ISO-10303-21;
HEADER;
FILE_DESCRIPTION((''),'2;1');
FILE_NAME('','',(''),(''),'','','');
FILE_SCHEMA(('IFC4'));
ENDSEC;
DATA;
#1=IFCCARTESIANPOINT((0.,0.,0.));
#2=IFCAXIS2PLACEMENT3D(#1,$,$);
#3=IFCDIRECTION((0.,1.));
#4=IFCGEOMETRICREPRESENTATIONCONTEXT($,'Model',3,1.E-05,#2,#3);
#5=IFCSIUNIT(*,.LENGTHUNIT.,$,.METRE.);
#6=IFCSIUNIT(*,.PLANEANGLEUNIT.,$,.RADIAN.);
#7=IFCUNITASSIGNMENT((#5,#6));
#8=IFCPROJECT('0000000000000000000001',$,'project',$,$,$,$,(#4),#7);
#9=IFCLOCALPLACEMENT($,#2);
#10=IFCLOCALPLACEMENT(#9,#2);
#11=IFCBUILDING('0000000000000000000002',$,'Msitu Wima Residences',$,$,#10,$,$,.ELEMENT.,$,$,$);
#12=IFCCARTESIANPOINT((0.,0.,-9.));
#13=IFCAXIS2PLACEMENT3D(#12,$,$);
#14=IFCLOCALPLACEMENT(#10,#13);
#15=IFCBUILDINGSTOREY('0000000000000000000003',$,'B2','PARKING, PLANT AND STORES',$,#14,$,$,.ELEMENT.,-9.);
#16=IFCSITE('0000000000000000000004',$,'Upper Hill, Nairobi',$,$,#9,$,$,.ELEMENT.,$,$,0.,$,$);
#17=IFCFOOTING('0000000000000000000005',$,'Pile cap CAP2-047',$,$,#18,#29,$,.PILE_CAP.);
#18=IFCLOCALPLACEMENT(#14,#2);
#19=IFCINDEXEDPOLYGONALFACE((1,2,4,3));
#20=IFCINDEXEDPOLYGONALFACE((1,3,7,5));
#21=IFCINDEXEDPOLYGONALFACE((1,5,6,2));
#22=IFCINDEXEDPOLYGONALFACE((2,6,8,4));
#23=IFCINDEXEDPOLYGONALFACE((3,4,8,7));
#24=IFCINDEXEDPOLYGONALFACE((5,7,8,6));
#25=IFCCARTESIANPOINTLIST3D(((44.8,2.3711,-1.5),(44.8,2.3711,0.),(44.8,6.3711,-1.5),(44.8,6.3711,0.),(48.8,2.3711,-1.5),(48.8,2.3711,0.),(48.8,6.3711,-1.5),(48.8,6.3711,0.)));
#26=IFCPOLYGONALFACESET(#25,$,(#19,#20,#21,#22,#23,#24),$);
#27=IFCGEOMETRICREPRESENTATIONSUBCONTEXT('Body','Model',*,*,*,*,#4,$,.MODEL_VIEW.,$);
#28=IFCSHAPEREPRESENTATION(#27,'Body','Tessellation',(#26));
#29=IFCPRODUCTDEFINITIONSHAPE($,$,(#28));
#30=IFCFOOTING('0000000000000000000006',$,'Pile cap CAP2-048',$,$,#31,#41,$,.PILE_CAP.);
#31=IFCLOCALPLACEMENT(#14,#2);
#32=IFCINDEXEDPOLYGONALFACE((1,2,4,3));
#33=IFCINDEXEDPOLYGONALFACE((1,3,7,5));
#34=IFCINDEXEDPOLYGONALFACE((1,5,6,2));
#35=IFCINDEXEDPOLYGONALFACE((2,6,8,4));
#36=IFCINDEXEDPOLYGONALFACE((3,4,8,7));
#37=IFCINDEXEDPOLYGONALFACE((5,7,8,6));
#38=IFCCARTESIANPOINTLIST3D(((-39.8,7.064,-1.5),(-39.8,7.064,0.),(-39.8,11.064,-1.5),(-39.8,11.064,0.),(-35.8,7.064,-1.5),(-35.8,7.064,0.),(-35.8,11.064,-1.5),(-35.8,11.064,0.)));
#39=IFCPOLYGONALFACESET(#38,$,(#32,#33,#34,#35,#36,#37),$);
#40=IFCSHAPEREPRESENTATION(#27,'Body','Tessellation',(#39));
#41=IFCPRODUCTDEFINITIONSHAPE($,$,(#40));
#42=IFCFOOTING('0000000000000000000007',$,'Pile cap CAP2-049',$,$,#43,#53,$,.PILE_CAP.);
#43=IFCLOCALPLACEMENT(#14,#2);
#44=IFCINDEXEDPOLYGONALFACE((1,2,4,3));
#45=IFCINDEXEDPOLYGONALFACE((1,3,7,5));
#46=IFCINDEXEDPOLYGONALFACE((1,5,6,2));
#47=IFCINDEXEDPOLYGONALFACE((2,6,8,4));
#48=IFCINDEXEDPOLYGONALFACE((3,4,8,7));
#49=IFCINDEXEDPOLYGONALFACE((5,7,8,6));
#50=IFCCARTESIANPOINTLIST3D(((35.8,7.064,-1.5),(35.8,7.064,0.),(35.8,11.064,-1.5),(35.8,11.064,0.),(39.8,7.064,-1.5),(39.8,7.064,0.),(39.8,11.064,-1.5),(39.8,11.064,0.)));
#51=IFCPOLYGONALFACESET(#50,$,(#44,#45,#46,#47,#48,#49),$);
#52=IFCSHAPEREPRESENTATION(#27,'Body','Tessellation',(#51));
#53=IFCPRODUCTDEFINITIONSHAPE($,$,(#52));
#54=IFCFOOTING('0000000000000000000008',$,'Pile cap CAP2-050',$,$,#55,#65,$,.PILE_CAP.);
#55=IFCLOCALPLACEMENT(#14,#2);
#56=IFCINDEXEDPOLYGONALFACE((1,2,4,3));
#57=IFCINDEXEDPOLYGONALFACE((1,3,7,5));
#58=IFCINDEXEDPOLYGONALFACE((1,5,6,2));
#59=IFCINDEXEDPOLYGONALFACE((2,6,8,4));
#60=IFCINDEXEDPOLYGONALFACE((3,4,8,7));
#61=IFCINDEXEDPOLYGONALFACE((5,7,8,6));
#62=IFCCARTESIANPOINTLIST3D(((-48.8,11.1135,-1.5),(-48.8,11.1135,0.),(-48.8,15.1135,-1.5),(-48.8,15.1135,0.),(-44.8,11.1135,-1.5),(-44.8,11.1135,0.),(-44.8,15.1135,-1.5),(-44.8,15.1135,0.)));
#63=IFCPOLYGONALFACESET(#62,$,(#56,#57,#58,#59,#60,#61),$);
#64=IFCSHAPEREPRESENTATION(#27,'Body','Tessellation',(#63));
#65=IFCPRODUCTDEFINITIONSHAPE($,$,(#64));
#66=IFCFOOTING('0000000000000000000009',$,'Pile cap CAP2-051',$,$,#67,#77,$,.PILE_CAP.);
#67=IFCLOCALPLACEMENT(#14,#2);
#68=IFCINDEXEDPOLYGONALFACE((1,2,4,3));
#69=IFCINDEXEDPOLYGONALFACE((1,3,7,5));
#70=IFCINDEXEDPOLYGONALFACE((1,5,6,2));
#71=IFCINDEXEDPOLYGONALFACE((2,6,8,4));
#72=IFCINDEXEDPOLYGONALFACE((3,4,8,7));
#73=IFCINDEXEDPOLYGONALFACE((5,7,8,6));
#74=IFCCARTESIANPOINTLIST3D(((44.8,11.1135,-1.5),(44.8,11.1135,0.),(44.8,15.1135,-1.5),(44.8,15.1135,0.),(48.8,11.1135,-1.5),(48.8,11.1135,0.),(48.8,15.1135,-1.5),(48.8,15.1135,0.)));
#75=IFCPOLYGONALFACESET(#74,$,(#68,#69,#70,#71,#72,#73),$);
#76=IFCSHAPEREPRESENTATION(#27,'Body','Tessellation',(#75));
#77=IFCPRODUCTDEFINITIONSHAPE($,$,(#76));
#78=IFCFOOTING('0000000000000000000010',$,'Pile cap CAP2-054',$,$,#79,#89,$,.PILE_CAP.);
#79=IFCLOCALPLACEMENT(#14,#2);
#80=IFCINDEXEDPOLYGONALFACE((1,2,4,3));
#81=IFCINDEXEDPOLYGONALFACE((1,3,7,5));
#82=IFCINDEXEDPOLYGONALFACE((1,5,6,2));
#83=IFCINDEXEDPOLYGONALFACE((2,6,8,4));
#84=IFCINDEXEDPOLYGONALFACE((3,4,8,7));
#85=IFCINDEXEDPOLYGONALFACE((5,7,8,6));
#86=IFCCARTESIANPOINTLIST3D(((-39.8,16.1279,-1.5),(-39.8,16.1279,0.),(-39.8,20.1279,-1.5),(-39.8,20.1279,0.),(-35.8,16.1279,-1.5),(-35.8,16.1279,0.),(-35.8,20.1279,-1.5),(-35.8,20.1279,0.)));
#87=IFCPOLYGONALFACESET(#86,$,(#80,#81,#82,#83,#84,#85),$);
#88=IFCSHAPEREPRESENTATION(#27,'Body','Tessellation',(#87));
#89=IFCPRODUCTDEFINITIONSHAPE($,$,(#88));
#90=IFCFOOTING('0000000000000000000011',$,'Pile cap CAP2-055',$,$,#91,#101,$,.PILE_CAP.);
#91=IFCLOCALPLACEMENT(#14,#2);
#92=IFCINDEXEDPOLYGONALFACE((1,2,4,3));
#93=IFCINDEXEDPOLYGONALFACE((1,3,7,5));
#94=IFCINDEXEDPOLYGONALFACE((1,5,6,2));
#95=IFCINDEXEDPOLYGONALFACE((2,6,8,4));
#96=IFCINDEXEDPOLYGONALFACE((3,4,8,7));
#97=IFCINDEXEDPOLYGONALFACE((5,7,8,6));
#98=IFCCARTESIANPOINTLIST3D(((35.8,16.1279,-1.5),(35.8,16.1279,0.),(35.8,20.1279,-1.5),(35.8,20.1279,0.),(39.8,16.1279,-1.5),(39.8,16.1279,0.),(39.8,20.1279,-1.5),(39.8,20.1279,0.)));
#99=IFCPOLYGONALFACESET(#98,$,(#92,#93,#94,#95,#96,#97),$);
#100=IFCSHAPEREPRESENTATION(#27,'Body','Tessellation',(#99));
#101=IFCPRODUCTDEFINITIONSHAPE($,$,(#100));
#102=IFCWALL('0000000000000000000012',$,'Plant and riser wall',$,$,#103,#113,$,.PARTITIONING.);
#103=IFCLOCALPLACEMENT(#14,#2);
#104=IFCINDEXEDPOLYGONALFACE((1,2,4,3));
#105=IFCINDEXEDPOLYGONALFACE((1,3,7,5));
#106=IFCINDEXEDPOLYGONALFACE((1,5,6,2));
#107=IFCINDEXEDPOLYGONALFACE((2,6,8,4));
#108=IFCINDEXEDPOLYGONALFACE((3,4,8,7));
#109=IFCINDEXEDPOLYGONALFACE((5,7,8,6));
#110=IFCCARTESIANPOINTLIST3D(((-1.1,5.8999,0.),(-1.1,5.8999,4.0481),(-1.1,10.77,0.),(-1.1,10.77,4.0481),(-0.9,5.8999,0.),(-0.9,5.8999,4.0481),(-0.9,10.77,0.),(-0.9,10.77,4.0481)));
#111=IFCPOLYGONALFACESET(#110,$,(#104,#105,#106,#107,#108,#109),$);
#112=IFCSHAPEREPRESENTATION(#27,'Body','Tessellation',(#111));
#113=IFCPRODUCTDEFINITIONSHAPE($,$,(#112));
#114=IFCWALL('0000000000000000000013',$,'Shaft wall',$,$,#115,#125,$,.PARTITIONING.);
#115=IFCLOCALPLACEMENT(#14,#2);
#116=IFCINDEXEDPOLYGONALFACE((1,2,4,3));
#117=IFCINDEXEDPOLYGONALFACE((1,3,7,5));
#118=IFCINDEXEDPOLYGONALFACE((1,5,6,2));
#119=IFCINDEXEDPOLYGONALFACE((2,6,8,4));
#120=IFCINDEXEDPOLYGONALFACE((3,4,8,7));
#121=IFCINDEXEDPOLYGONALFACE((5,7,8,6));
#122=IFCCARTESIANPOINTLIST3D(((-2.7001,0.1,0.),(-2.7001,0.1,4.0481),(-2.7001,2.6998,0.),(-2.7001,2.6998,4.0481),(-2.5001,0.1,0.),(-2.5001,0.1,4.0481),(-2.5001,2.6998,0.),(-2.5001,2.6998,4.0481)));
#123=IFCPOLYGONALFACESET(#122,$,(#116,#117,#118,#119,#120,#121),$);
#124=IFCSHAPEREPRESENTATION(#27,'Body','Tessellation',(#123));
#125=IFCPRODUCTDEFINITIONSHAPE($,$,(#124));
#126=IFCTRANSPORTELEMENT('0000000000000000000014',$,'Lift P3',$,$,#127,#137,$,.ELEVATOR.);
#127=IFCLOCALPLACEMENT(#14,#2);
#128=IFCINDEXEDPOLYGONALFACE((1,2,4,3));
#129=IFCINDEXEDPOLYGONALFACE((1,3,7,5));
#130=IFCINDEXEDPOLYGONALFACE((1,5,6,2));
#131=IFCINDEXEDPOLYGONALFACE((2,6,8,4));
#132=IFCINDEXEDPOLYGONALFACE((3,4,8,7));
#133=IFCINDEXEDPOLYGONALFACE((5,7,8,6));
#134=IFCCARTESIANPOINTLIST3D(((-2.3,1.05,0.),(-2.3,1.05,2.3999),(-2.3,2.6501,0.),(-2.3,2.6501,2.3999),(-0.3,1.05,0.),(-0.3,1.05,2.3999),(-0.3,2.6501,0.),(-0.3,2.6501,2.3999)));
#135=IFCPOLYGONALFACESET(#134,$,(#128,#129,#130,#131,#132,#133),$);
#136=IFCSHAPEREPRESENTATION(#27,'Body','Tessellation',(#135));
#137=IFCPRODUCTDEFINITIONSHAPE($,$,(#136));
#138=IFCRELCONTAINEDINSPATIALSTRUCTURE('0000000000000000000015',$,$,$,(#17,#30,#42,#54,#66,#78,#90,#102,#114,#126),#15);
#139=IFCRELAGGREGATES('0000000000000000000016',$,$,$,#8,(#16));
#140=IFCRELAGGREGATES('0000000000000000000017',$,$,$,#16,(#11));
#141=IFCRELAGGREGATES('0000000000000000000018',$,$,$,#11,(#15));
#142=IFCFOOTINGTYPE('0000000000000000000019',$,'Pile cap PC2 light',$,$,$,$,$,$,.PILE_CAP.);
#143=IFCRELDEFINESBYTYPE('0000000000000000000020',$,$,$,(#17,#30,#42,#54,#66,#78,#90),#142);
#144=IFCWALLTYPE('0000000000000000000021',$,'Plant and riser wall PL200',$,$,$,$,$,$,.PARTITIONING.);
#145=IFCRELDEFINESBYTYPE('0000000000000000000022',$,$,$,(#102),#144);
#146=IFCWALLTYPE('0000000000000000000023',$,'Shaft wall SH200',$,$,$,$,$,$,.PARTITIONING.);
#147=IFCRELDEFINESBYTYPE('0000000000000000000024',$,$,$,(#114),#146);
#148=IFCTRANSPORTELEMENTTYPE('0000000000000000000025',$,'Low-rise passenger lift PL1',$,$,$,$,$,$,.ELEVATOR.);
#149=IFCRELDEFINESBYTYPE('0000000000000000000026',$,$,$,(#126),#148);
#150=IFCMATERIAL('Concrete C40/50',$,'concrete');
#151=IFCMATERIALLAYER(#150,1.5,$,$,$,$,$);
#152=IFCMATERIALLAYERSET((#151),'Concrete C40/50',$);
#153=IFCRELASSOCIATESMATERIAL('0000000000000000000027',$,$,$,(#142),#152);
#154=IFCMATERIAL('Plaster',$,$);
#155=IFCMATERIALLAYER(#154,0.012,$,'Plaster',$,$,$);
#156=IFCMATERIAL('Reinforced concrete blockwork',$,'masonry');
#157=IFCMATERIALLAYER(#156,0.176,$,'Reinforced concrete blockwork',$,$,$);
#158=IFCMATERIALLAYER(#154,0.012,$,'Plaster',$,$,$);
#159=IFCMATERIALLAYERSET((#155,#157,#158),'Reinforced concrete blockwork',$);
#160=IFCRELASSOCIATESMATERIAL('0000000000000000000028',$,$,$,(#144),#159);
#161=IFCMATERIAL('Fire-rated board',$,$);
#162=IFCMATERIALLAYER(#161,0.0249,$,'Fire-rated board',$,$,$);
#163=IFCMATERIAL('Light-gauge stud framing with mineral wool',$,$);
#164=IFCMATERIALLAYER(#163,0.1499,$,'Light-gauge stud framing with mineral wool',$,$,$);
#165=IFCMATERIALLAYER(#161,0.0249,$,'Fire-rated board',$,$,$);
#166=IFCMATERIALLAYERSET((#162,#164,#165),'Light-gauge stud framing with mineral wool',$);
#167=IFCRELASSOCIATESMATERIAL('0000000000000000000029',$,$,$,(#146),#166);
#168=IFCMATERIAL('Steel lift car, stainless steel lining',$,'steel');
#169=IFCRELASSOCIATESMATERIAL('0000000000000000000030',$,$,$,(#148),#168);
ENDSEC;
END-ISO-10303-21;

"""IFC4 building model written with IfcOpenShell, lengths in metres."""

from ifc_helpers import new_model, si_unit, direction, frame, frame_2d, origin, origin_2d, place, context, subcontext, project, spatial, polyline, rectangle, outline, extrude, material, layer, layer_set, type_object, element, save


model = new_model("IFC4")

# Units and contexts
model_context = context("Model", 3, precision=1e-05, world=origin(), true_north=direction((0.0, 1.0)))
body_context = subcontext(model_context, "Body", "Model", "MODEL_VIEW")
ifc_project = project(units=[si_unit("LENGTHUNIT", "METRE"), si_unit("PLANEANGLEUNIT", "RADIAN")], contexts=[model_context])

# Site, building, storey
site_placement = place(None, origin())
site = spatial("IfcSite", under=ifc_project, at=site_placement, Name="Upper Hill, Nairobi", CompositionType="ELEMENT", RefElevation=0.0)
building_placement = place(site_placement, origin())
building = spatial("IfcBuilding", under=site, at=building_placement, Name="Msitu Wima Residences", CompositionType="ELEMENT")
storey_placement = place(building_placement, frame((0.0, 0.0, -9.0)))
storey = spatial("IfcBuildingStorey", under=building, at=storey_placement, Name="B2", Description="PARKING, PLANT AND STORES", CompositionType="ELEMENT", Elevation=-9.0)

# Shared definitions
ifc_material_1 = material(Name="Concrete C40/50", Category="concrete")

# Footings
ifc_layer_1 = layer(ifc_material_1, 1.5)
ifc_layer_set_1 = layer_set([ifc_layer_1], Name="Concrete C40/50")
footing_type_1 = type_object("IfcFootingType", Name="Pile cap PC2 light", PredefinedType="PILE_CAP", material=ifc_layer_set_1)
footing_1_placement = place(storey_placement, frame((0.0, 0.0, -1.5)))
element("IfcFooting", 1, at=footing_1_placement, inside=storey, type_object=footing_type_1, Name="Pile cap CAP2-047", PredefinedType="PILE_CAP", context=body_context, shape_type="SweptSolid", body=[
    extrude(outline(polyline([(48.8, 2.3711), (48.8, 6.3711), (44.8, 6.3711), (44.8, 2.3711), (48.8, 2.3711)])), origin(), (0.0, 0.0, 1.0), 1.5),
])
footing_2_placement = place(storey_placement, frame((0.0, 0.0, -1.5)))
element("IfcFooting", 2, at=footing_2_placement, inside=storey, type_object=footing_type_1, Name="Pile cap CAP2-048", PredefinedType="PILE_CAP", context=body_context, shape_type="SweptSolid", body=[
    extrude(outline(polyline([(-35.8, 7.064), (-35.8, 11.064), (-39.8, 11.064), (-39.8, 7.064), (-35.8, 7.064)])), origin(), (0.0, 0.0, 1.0), 1.5),
])
footing_3_placement = place(storey_placement, frame((0.0, 0.0, -1.5)))
element("IfcFooting", 3, at=footing_3_placement, inside=storey, type_object=footing_type_1, Name="Pile cap CAP2-049", PredefinedType="PILE_CAP", context=body_context, shape_type="SweptSolid", body=[
    extrude(outline(polyline([(39.8, 7.064), (39.8, 11.064), (35.8, 11.064), (35.8, 7.064), (39.8, 7.064)])), origin(), (0.0, 0.0, 1.0), 1.5),
])
footing_4_placement = place(storey_placement, frame((0.0, 0.0, -1.5)))
element("IfcFooting", 4, at=footing_4_placement, inside=storey, type_object=footing_type_1, Name="Pile cap CAP2-050", PredefinedType="PILE_CAP", context=body_context, shape_type="SweptSolid", body=[
    extrude(outline(polyline([(-44.8, 11.1135), (-44.8, 15.1135), (-48.8, 15.1135), (-48.8, 11.1135), (-44.8, 11.1135)])), origin(), (0.0, 0.0, 1.0), 1.5),
])
footing_5_placement = place(storey_placement, frame((0.0, 0.0, -1.5)))
element("IfcFooting", 5, at=footing_5_placement, inside=storey, type_object=footing_type_1, Name="Pile cap CAP2-051", PredefinedType="PILE_CAP", context=body_context, shape_type="SweptSolid", body=[
    extrude(outline(polyline([(48.8, 11.1135), (48.8, 15.1135), (44.8, 15.1135), (44.8, 11.1135), (48.8, 11.1135)])), origin(), (0.0, 0.0, 1.0), 1.5),
])
footing_6_placement = place(storey_placement, frame((0.0, 0.0, -1.5)))
element("IfcFooting", 6, at=footing_6_placement, inside=storey, type_object=footing_type_1, Name="Pile cap CAP2-054", PredefinedType="PILE_CAP", context=body_context, shape_type="SweptSolid", body=[
    extrude(outline(polyline([(-35.8, 16.1279), (-35.8, 20.1279), (-39.8, 20.1279), (-39.8, 16.1279), (-35.8, 16.1279)])), origin(), (0.0, 0.0, 1.0), 1.5),
])
footing_7_placement = place(storey_placement, frame((0.0, 0.0, -1.5)))
element("IfcFooting", 7, at=footing_7_placement, inside=storey, type_object=footing_type_1, Name="Pile cap CAP2-055", PredefinedType="PILE_CAP", context=body_context, shape_type="SweptSolid", body=[
    extrude(outline(polyline([(39.8, 16.1279), (39.8, 20.1279), (35.8, 20.1279), (35.8, 16.1279), (39.8, 16.1279)])), origin(), (0.0, 0.0, 1.0), 1.5),
])

# Walls
ifc_material_2 = material(Name="Plaster")
ifc_layer_2 = layer(ifc_material_2, 0.012, Name="Plaster")
ifc_material_3 = material(Name="Reinforced concrete blockwork", Category="masonry")
ifc_layer_3 = layer(ifc_material_3, 0.176, Name="Reinforced concrete blockwork")
ifc_layer_4 = layer(ifc_material_2, 0.012, Name="Plaster")
ifc_layer_set_2 = layer_set([ifc_layer_2, ifc_layer_3, ifc_layer_4], Name="Reinforced concrete blockwork")
wall_type_1 = type_object("IfcWallType", Name="Plant and riser wall PL200", PredefinedType="PARTITIONING", material=ifc_layer_set_2)
wall_1_placement = place(storey_placement, frame((-1.0, 5.8999, 0.0), z_axis=(0.0, 0.0, 1.0), x_axis=(0.0, 1.0, 0.0)))
element("IfcWall", 8, at=wall_1_placement, inside=storey, type_object=wall_type_1, Name="Plant and riser wall", PredefinedType="PARTITIONING", context=body_context, shape_type="SweptSolid", body=[
    extrude(rectangle(XDim=4.8701, YDim=0.2, at=frame_2d((2.4351, 0.0))), origin(), (0.0, 0.0, 1.0), 4.0481),
])
ifc_material_4 = material(Name="Fire-rated board")
ifc_layer_5 = layer(ifc_material_4, 0.0249, Name="Fire-rated board")
ifc_material_5 = material(Name="Light-gauge stud framing with mineral wool")
ifc_layer_6 = layer(ifc_material_5, 0.1499, Name="Light-gauge stud framing with mineral wool")
ifc_layer_7 = layer(ifc_material_4, 0.0249, Name="Fire-rated board")
ifc_layer_set_3 = layer_set([ifc_layer_5, ifc_layer_6, ifc_layer_7], Name="Light-gauge stud framing with mineral wool")
wall_type_2 = type_object("IfcWallType", Name="Shaft wall SH200", PredefinedType="PARTITIONING", material=ifc_layer_set_3)
wall_2_placement = place(storey_placement, frame((-2.6001, 0.1001, 0.0), z_axis=(0.0, 0.0, 1.0), x_axis=(0.0, 1.0, 0.0)))
element("IfcWall", 9, at=wall_2_placement, inside=storey, type_object=wall_type_2, Name="Shaft wall", PredefinedType="PARTITIONING", context=body_context, shape_type="SweptSolid", body=[
    extrude(rectangle(XDim=2.5999, YDim=0.2, at=frame_2d((1.2998, 0.0))), origin(), (0.0, 0.0, 1.0), 4.0481),
])

# Transport element
ifc_material_6 = material(Name="Steel lift car, stainless steel lining", Category="steel")
transport_element_type = type_object("IfcTransportElementType", Name="Low-rise passenger lift PL1", PredefinedType="ELEVATOR", material=ifc_material_6)
transport_element_placement = place(storey_placement, frame((-1.3, 1.8501, 0.0), z_axis=(0.0, 0.0, 1.0), x_axis=(1.0, 0.0, 0.0)))
element("IfcTransportElement", 10, at=transport_element_placement, inside=storey, type_object=transport_element_type, Name="Lift P3", PredefinedType="ELEVATOR", context=body_context, shape_type="SweptSolid", body=[
    extrude(rectangle(XDim=2.0, YDim=1.6001, at=origin_2d()), origin(), (0.0, 0.0, 1.0), 2.3999),
])

save(model, "model.ifc")
